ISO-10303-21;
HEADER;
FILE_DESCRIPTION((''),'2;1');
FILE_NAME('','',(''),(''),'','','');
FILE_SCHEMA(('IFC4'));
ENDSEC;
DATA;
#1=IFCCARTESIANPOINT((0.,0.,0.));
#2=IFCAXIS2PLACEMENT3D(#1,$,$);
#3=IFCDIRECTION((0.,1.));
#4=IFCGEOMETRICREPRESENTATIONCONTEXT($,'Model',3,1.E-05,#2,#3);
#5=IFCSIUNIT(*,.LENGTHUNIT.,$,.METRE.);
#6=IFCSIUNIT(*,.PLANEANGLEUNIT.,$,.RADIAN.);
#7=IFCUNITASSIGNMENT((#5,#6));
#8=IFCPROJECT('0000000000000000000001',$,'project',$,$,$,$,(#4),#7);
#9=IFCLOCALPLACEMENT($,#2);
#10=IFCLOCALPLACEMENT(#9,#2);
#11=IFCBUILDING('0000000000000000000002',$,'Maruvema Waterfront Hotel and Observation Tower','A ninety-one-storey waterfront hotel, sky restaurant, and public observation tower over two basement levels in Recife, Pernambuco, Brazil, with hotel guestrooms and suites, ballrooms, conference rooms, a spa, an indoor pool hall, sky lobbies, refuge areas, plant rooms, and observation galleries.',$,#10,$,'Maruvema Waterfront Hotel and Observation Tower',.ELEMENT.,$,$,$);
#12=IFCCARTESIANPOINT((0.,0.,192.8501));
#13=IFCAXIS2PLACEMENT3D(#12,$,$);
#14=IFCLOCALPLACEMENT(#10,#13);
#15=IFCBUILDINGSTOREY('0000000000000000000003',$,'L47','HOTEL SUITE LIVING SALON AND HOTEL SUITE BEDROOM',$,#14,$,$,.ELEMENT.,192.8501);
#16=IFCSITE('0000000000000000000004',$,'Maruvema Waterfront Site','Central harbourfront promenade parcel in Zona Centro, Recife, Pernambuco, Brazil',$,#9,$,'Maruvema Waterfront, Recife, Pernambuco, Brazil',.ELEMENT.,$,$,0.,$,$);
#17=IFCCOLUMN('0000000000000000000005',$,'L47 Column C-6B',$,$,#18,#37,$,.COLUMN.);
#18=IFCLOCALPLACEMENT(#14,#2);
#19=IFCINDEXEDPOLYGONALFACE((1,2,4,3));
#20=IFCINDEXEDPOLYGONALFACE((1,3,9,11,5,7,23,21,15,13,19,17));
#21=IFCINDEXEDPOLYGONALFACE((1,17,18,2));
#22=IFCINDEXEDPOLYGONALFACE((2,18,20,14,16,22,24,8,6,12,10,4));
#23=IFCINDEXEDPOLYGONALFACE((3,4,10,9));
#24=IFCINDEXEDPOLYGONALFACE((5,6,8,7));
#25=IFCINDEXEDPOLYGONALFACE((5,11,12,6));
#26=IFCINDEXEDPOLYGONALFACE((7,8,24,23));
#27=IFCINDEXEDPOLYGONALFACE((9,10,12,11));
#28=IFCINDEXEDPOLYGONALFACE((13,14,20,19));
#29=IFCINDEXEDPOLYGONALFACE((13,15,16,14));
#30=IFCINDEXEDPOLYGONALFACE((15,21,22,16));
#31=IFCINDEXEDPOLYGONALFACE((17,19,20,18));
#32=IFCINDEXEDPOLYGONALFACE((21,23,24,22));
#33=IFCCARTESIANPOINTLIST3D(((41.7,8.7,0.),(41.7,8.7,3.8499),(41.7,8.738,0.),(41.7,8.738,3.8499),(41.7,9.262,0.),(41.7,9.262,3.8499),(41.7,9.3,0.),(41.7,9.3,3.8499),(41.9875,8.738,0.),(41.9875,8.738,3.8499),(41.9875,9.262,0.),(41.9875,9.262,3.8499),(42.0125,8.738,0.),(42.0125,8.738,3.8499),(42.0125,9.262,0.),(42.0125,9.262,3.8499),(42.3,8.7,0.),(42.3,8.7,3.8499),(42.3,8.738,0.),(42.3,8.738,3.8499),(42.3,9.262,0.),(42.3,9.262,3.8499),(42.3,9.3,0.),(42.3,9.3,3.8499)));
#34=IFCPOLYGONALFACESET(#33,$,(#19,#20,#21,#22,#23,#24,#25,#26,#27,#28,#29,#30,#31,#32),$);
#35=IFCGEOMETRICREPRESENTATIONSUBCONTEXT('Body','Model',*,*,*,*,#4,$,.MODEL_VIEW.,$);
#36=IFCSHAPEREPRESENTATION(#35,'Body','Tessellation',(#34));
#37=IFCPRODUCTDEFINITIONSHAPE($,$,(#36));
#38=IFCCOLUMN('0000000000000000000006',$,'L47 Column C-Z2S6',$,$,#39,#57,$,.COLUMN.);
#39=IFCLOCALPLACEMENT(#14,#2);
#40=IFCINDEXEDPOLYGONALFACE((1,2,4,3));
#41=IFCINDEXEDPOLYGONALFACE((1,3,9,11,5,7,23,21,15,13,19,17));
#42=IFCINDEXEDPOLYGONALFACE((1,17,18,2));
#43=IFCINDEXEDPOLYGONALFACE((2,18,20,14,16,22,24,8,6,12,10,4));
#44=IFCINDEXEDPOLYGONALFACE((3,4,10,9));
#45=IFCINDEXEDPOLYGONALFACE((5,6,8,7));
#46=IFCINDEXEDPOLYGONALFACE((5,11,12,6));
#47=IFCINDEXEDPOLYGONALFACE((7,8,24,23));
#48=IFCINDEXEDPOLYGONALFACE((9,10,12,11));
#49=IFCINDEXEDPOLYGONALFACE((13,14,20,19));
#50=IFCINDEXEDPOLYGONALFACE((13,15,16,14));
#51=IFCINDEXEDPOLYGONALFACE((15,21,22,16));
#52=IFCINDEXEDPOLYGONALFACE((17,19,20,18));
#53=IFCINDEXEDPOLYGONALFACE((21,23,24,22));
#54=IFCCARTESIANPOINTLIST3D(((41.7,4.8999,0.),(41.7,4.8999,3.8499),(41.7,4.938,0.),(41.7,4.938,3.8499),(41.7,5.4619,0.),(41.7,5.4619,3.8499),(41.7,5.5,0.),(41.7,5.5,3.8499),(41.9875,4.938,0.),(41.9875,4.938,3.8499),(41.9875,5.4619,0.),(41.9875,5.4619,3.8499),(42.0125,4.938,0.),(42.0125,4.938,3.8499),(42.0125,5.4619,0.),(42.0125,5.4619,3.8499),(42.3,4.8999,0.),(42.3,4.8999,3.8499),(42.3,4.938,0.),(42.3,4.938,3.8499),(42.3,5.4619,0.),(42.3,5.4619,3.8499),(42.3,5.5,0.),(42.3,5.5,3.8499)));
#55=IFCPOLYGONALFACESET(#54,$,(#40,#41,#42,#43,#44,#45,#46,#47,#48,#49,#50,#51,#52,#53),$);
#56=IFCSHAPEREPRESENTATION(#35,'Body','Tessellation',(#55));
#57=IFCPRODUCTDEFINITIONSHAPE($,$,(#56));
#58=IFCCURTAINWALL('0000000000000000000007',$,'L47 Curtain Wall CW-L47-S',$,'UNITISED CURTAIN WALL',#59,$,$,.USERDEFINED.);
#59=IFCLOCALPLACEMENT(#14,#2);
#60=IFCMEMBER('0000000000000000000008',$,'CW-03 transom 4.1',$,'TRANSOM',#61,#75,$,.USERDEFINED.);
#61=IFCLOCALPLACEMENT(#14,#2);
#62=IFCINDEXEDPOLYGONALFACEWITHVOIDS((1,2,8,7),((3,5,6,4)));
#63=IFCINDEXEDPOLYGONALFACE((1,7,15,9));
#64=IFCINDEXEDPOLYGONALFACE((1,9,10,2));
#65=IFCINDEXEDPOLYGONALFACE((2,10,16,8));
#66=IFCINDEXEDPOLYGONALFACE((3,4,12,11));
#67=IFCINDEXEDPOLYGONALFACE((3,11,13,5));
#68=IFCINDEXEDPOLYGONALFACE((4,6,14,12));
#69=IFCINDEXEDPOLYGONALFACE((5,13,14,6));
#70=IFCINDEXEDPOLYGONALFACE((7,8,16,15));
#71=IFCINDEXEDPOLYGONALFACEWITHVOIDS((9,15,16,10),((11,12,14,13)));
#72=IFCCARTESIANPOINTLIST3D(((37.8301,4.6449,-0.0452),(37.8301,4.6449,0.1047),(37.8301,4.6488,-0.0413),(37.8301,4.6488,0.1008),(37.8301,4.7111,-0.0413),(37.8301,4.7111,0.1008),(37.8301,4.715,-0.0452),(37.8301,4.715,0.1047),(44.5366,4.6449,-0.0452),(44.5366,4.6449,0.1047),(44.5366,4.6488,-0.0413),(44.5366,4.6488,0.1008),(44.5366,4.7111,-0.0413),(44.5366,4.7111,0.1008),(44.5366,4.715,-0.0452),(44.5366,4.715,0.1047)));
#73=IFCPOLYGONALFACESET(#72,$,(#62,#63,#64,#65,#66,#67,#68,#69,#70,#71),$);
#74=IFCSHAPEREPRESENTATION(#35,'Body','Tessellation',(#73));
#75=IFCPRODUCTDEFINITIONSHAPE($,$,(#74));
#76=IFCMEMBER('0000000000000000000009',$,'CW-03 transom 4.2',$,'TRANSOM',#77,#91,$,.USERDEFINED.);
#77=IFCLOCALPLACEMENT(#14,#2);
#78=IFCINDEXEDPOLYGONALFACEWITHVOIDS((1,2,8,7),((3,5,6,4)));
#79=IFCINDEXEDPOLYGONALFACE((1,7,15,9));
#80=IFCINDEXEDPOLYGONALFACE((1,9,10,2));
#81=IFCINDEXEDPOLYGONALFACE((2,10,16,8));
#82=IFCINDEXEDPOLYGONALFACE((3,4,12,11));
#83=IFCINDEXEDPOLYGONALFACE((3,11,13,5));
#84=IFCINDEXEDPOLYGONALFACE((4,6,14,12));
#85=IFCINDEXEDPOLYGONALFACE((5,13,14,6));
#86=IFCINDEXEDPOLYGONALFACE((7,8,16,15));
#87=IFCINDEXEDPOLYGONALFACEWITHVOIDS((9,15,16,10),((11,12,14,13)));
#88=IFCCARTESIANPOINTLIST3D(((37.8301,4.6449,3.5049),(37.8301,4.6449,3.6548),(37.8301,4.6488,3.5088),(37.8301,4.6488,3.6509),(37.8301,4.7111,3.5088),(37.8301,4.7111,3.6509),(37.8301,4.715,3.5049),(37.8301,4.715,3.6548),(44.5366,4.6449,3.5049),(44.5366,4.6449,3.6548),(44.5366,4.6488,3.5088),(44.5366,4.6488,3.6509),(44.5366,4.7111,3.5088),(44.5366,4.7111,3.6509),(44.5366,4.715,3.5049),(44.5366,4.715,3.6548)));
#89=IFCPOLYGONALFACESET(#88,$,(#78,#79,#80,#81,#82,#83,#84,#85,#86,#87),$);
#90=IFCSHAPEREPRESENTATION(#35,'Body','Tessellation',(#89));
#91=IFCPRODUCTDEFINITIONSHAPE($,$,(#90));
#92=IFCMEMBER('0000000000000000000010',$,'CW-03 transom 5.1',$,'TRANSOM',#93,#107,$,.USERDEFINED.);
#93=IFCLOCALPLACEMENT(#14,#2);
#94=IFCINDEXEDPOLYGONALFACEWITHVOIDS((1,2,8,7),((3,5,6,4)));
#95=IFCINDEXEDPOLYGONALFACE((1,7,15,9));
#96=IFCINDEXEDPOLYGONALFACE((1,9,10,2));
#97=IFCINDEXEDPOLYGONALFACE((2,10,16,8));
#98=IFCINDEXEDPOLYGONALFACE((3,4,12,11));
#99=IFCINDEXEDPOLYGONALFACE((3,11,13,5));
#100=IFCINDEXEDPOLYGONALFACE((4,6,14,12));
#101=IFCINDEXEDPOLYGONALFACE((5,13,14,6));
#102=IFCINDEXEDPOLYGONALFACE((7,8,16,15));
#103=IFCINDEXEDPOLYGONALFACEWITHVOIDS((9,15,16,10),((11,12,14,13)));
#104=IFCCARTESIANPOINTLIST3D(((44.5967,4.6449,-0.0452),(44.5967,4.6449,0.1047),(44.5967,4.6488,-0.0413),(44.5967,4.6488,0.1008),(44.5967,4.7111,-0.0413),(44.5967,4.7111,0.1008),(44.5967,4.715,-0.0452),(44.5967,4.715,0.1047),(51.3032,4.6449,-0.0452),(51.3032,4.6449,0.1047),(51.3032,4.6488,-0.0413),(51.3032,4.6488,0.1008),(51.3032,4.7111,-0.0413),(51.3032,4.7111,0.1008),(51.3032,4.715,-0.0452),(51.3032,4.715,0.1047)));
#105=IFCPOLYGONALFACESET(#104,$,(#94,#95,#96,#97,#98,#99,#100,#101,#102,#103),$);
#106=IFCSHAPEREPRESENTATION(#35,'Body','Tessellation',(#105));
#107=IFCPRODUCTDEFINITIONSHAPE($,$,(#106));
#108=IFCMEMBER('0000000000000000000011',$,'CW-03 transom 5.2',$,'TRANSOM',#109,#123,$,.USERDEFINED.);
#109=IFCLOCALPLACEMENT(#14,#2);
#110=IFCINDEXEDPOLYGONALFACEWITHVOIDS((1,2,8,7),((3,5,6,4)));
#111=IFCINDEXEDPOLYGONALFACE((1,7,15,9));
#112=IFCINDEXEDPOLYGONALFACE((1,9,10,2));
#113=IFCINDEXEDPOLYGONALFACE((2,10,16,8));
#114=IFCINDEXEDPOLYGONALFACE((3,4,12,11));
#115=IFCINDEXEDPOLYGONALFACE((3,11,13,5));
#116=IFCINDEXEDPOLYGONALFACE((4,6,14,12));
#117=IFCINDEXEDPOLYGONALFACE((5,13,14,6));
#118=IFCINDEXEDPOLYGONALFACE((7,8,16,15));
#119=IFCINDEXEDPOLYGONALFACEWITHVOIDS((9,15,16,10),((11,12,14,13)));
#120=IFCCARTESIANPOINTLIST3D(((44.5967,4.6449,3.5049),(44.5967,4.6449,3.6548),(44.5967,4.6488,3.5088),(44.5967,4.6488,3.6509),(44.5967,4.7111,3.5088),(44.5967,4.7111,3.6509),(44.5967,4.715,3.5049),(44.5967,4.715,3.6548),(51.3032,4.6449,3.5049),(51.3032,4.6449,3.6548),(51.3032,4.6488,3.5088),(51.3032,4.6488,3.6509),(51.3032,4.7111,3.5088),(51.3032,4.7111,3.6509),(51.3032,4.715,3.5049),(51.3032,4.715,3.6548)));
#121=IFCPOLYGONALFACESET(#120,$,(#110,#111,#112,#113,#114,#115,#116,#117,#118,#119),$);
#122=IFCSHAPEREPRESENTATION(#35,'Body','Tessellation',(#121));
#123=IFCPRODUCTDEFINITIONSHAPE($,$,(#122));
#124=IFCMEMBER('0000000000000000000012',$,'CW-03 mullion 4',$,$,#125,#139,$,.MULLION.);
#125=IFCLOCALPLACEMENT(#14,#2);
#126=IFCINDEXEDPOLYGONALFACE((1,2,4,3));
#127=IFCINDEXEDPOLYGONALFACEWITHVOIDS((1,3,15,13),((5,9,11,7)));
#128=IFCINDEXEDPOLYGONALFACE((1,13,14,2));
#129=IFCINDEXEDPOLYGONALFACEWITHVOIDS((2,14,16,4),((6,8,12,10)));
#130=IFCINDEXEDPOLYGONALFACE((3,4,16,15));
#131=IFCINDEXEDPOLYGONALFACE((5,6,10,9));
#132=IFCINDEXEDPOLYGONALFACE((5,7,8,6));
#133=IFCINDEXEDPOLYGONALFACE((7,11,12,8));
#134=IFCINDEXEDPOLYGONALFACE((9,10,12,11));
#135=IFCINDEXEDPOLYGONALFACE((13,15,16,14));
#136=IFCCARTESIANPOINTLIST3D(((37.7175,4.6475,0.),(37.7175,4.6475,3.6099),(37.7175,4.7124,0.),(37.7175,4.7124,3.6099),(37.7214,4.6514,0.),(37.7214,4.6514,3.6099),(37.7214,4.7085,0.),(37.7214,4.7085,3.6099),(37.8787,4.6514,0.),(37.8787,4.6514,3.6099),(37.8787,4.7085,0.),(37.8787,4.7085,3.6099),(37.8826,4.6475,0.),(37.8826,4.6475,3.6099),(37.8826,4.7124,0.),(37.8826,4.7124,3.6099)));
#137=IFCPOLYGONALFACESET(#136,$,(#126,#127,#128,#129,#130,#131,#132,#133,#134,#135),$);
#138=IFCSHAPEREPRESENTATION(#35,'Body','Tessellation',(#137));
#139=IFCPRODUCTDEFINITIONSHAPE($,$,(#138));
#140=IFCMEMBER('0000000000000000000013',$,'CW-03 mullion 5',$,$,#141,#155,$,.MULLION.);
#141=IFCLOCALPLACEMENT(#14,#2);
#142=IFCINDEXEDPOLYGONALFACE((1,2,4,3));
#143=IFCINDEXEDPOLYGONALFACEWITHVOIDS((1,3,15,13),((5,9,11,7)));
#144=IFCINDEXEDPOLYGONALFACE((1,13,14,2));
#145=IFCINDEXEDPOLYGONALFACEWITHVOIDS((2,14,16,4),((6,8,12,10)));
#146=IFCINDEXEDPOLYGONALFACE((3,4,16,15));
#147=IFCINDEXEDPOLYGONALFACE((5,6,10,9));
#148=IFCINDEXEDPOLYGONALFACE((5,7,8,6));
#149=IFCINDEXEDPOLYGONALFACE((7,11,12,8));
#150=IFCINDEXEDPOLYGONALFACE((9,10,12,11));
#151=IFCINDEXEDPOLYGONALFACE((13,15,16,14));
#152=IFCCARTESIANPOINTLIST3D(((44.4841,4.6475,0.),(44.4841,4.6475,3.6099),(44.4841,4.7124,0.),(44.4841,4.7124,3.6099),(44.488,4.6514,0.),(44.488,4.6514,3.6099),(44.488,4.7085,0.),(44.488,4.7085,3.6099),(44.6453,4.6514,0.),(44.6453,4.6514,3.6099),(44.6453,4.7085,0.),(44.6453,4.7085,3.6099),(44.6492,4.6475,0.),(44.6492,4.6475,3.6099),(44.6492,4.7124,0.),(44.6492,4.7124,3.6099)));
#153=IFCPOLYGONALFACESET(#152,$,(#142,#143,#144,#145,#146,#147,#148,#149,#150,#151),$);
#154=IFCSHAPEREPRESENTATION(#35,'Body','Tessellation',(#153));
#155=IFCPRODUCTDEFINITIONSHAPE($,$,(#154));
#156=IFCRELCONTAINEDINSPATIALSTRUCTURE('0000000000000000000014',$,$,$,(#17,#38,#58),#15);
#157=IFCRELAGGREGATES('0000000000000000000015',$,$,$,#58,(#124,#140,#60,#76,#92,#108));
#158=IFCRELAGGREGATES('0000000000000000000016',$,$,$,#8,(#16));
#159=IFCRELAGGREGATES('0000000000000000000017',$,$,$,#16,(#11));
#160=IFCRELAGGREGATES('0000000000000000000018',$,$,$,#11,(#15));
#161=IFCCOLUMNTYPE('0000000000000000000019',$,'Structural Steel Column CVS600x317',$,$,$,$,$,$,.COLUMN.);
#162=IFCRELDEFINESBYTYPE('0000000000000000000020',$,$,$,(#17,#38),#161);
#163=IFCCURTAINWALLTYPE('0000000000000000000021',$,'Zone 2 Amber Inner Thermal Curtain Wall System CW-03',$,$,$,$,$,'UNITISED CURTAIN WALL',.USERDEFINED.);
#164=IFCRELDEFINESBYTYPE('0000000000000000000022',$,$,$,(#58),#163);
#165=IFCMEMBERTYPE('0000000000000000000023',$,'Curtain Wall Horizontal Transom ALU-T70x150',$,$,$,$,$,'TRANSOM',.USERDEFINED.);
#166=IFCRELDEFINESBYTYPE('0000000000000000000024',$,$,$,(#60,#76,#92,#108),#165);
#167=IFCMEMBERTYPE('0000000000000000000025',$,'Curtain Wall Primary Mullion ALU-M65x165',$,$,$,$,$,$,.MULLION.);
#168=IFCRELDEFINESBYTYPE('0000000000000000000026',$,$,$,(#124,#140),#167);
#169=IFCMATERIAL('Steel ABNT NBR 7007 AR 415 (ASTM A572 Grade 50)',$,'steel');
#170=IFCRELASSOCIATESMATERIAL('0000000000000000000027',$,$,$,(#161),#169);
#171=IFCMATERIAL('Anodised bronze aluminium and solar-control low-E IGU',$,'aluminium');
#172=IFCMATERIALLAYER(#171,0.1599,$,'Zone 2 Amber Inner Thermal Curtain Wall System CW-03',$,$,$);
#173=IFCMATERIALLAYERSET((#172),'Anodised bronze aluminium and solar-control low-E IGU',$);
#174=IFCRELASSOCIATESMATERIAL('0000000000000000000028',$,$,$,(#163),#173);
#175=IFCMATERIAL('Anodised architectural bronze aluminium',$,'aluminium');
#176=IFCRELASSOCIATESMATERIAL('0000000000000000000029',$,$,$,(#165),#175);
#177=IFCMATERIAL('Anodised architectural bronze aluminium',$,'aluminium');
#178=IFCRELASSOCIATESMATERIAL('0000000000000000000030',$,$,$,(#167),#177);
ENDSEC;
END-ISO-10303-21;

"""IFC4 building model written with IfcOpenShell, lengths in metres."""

from ifc_helpers import new_model, si_unit, direction, frame, origin, origin_2d, place, context, subcontext, project, spatial, hollow_rectangle, i_section, extrude, material, layer, layer_set, material_profile, profile_set, type_object, element, aggregate, save


model = new_model("IFC4")

# Units and contexts
model_context = context("Model", 3, precision=1e-05, world=origin(), true_north=direction((0.0, 1.0)))
body_context = subcontext(model_context, "Body", "Model", "MODEL_VIEW")
ifc_project = project(units=[si_unit("LENGTHUNIT", "METRE"), si_unit("PLANEANGLEUNIT", "RADIAN")], contexts=[model_context])

# Site, building, storey
site_placement = place(None, origin())
site = spatial("IfcSite", under=ifc_project, at=site_placement, Name="Maruvema Waterfront Site", Description="Central harbourfront promenade parcel in Zona Centro, Recife, Pernambuco, Brazil", LongName="Maruvema Waterfront, Recife, Pernambuco, Brazil", CompositionType="ELEMENT", RefElevation=0.0)
building_placement = place(site_placement, origin())
building = spatial("IfcBuilding", under=site, at=building_placement, Name="Maruvema Waterfront Hotel and Observation Tower", Description="A ninety-one-storey waterfront hotel, sky restaurant, and public observation tower over two basement levels in Recife, Pernambuco, Brazil, with hotel guestrooms and suites, ballrooms, conference rooms, a spa, an indoor pool hall, sky lobbies, refuge areas, plant rooms, and observation galleries.", LongName="Maruvema Waterfront Hotel and Observation Tower", CompositionType="ELEMENT")
storey_placement = place(building_placement, frame((0.0, 0.0, 192.8501)))
storey = spatial("IfcBuildingStorey", under=building, at=storey_placement, Name="L47", Description="HOTEL SUITE LIVING SALON AND HOTEL SUITE BEDROOM", CompositionType="ELEMENT", Elevation=192.8501)

# Columns
ifc_material_1 = material(Name="Steel ABNT NBR 7007 AR 415 (ASTM A572 Grade 50)", Category="steel")
ifc_material_profile_1 = material_profile(ifc_material_1, i_section(OverallWidth=0.6001, OverallDepth=0.6001, WebThickness=0.0249, FlangeThickness=0.0381, at=origin_2d()), Name="CVS600x317")
ifc_profile_set_1 = profile_set([ifc_material_profile_1], Name="Steel ABNT NBR 7007 AR 415 (ASTM A572 Grade 50)")
column_type = type_object("IfcColumnType", Name="Structural Steel Column CVS600x317", PredefinedType="COLUMN", material=ifc_profile_set_1)
for number, where, z_axis, x_axis, name in (
    (1, (42.0, 9.0, 0.0), (0.0, 0.0, 1.0), (1.0, 0.0, 0.0), "L47 Column C-6B"),
    (2, (42.0, 5.2, 0.0), (0.0, 0.0, 1.0), (1.0, 0.0, 0.0), "L47 Column C-Z2S6"),
):
    element("IfcColumn", number, at=place(storey_placement, frame(where, z_axis=z_axis, x_axis=x_axis)), inside=storey, type_object=column_type, Name=name, PredefinedType="COLUMN", context=body_context, shape_type="SweptSolid", body=[
        extrude(i_section(OverallWidth=0.6001, OverallDepth=0.6001, WebThickness=0.0249, FlangeThickness=0.0381, at=origin_2d()), origin(), (0.0, 0.0, 1.0), 3.8499),
    ])

# Curtain wall, members
ifc_material_2 = material(Name="Anodised bronze aluminium and solar-control low-E IGU", Category="aluminium")
ifc_layer_1 = layer(ifc_material_2, 0.1599, Name="Zone 2 Amber Inner Thermal Curtain Wall System CW-03")
ifc_layer_set_1 = layer_set([ifc_layer_1], Name="Anodised bronze aluminium and solar-control low-E IGU")
curtain_wall_type = type_object("IfcCurtainWallType", Name="Zone 2 Amber Inner Thermal Curtain Wall System CW-03", ElementType="UNITISED CURTAIN WALL", PredefinedType="USERDEFINED", material=ifc_layer_set_1)
curtain_wall_placement = place(storey_placement, origin())
curtain_wall = element("IfcCurtainWall", 3, at=curtain_wall_placement, inside=storey, type_object=curtain_wall_type, Name="L47 Curtain Wall CW-L47-S", ObjectType="UNITISED CURTAIN WALL", PredefinedType="USERDEFINED")
ifc_material_3 = material(Name="Anodised architectural bronze aluminium", Category="aluminium")
ifc_material_profile_2 = material_profile(ifc_material_3, hollow_rectangle(XDim=0.0701, YDim=0.1499, WallThickness=0.0039, at=origin_2d()), Name="ALU-T70x150")
ifc_profile_set_2 = profile_set([ifc_material_profile_2], Name="Anodised architectural bronze aluminium")
member_type_1 = type_object("IfcMemberType", Name="Curtain Wall Horizontal Transom ALU-T70x150", ElementType="TRANSOM", PredefinedType="USERDEFINED", material=ifc_profile_set_2)
member_1_placement = place(storey_placement, frame((37.8301, 4.6799, 0.0298), z_axis=(1.0, 0.0, 0.0), x_axis=(0.0, 1.0, 0.0)))
member_1 = element("IfcMember", 4, at=member_1_placement, type_object=member_type_1, Name="CW-03 transom 4.1", ObjectType="TRANSOM", PredefinedType="USERDEFINED", context=body_context, shape_type="SweptSolid", body=[
    extrude(hollow_rectangle(XDim=0.0701, YDim=0.1499, WallThickness=0.0039, at=origin_2d()), origin(), (0.0, 0.0, 1.0), 6.7065),
])
member_2_placement = place(storey_placement, frame((37.8301, 4.6799, 3.5798), z_axis=(1.0, 0.0, 0.0), x_axis=(0.0, 1.0, 0.0)))
member_2 = element("IfcMember", 5, at=member_2_placement, type_object=member_type_1, Name="CW-03 transom 4.2", ObjectType="TRANSOM", PredefinedType="USERDEFINED", context=body_context, shape_type="SweptSolid", body=[
    extrude(hollow_rectangle(XDim=0.0701, YDim=0.1499, WallThickness=0.0039, at=origin_2d()), origin(), (0.0, 0.0, 1.0), 6.7065),
])
member_3_placement = place(storey_placement, frame((44.5967, 4.6799, 0.0298), z_axis=(1.0, 0.0, 0.0), x_axis=(0.0, 1.0, 0.0)))
member_3 = element("IfcMember", 6, at=member_3_placement, type_object=member_type_1, Name="CW-03 transom 5.1", ObjectType="TRANSOM", PredefinedType="USERDEFINED", context=body_context, shape_type="SweptSolid", body=[
    extrude(hollow_rectangle(XDim=0.0701, YDim=0.1499, WallThickness=0.0039, at=origin_2d()), origin(), (0.0, 0.0, 1.0), 6.7065),
])
member_4_placement = place(storey_placement, frame((44.5967, 4.6799, 3.5798), z_axis=(1.0, 0.0, 0.0), x_axis=(0.0, 1.0, 0.0)))
member_4 = element("IfcMember", 7, at=member_4_placement, type_object=member_type_1, Name="CW-03 transom 5.2", ObjectType="TRANSOM", PredefinedType="USERDEFINED", context=body_context, shape_type="SweptSolid", body=[
    extrude(hollow_rectangle(XDim=0.0701, YDim=0.1499, WallThickness=0.0039, at=origin_2d()), origin(), (0.0, 0.0, 1.0), 6.7065),
])
ifc_material_4 = material(Name="Anodised architectural bronze aluminium", Category="aluminium")
ifc_material_profile_3 = material_profile(ifc_material_4, hollow_rectangle(XDim=0.0649, YDim=0.165, WallThickness=0.0039, at=origin_2d()), Name="ALU-M65x165")
ifc_profile_set_3 = profile_set([ifc_material_profile_3], Name="Anodised architectural bronze aluminium")
member_type_2 = type_object("IfcMemberType", Name="Curtain Wall Primary Mullion ALU-M65x165", PredefinedType="MULLION", material=ifc_profile_set_3)
member_5_placement = place(storey_placement, frame((37.8, 4.6799, 0.0), z_axis=(0.0, 0.0, 1.0), x_axis=(0.0, 1.0, 0.0)))
member_5 = element("IfcMember", 8, at=member_5_placement, type_object=member_type_2, Name="CW-03 mullion 4", PredefinedType="MULLION", context=body_context, shape_type="SweptSolid", body=[
    extrude(hollow_rectangle(XDim=0.0649, YDim=0.165, WallThickness=0.0039, at=origin_2d()), origin(), (0.0, 0.0, 1.0), 3.6099),
])
member_6_placement = place(storey_placement, frame((44.5667, 4.6799, 0.0), z_axis=(0.0, 0.0, 1.0), x_axis=(0.0, 1.0, 0.0)))
member_6 = element("IfcMember", 9, at=member_6_placement, type_object=member_type_2, Name="CW-03 mullion 5", PredefinedType="MULLION", context=body_context, shape_type="SweptSolid", body=[
    extrude(hollow_rectangle(XDim=0.0649, YDim=0.165, WallThickness=0.0039, at=origin_2d()), origin(), (0.0, 0.0, 1.0), 3.6099),
])

aggregate(curtain_wall, [member_5, member_6, member_1, member_2, member_3, member_4])

save(model, "model.ifc")
